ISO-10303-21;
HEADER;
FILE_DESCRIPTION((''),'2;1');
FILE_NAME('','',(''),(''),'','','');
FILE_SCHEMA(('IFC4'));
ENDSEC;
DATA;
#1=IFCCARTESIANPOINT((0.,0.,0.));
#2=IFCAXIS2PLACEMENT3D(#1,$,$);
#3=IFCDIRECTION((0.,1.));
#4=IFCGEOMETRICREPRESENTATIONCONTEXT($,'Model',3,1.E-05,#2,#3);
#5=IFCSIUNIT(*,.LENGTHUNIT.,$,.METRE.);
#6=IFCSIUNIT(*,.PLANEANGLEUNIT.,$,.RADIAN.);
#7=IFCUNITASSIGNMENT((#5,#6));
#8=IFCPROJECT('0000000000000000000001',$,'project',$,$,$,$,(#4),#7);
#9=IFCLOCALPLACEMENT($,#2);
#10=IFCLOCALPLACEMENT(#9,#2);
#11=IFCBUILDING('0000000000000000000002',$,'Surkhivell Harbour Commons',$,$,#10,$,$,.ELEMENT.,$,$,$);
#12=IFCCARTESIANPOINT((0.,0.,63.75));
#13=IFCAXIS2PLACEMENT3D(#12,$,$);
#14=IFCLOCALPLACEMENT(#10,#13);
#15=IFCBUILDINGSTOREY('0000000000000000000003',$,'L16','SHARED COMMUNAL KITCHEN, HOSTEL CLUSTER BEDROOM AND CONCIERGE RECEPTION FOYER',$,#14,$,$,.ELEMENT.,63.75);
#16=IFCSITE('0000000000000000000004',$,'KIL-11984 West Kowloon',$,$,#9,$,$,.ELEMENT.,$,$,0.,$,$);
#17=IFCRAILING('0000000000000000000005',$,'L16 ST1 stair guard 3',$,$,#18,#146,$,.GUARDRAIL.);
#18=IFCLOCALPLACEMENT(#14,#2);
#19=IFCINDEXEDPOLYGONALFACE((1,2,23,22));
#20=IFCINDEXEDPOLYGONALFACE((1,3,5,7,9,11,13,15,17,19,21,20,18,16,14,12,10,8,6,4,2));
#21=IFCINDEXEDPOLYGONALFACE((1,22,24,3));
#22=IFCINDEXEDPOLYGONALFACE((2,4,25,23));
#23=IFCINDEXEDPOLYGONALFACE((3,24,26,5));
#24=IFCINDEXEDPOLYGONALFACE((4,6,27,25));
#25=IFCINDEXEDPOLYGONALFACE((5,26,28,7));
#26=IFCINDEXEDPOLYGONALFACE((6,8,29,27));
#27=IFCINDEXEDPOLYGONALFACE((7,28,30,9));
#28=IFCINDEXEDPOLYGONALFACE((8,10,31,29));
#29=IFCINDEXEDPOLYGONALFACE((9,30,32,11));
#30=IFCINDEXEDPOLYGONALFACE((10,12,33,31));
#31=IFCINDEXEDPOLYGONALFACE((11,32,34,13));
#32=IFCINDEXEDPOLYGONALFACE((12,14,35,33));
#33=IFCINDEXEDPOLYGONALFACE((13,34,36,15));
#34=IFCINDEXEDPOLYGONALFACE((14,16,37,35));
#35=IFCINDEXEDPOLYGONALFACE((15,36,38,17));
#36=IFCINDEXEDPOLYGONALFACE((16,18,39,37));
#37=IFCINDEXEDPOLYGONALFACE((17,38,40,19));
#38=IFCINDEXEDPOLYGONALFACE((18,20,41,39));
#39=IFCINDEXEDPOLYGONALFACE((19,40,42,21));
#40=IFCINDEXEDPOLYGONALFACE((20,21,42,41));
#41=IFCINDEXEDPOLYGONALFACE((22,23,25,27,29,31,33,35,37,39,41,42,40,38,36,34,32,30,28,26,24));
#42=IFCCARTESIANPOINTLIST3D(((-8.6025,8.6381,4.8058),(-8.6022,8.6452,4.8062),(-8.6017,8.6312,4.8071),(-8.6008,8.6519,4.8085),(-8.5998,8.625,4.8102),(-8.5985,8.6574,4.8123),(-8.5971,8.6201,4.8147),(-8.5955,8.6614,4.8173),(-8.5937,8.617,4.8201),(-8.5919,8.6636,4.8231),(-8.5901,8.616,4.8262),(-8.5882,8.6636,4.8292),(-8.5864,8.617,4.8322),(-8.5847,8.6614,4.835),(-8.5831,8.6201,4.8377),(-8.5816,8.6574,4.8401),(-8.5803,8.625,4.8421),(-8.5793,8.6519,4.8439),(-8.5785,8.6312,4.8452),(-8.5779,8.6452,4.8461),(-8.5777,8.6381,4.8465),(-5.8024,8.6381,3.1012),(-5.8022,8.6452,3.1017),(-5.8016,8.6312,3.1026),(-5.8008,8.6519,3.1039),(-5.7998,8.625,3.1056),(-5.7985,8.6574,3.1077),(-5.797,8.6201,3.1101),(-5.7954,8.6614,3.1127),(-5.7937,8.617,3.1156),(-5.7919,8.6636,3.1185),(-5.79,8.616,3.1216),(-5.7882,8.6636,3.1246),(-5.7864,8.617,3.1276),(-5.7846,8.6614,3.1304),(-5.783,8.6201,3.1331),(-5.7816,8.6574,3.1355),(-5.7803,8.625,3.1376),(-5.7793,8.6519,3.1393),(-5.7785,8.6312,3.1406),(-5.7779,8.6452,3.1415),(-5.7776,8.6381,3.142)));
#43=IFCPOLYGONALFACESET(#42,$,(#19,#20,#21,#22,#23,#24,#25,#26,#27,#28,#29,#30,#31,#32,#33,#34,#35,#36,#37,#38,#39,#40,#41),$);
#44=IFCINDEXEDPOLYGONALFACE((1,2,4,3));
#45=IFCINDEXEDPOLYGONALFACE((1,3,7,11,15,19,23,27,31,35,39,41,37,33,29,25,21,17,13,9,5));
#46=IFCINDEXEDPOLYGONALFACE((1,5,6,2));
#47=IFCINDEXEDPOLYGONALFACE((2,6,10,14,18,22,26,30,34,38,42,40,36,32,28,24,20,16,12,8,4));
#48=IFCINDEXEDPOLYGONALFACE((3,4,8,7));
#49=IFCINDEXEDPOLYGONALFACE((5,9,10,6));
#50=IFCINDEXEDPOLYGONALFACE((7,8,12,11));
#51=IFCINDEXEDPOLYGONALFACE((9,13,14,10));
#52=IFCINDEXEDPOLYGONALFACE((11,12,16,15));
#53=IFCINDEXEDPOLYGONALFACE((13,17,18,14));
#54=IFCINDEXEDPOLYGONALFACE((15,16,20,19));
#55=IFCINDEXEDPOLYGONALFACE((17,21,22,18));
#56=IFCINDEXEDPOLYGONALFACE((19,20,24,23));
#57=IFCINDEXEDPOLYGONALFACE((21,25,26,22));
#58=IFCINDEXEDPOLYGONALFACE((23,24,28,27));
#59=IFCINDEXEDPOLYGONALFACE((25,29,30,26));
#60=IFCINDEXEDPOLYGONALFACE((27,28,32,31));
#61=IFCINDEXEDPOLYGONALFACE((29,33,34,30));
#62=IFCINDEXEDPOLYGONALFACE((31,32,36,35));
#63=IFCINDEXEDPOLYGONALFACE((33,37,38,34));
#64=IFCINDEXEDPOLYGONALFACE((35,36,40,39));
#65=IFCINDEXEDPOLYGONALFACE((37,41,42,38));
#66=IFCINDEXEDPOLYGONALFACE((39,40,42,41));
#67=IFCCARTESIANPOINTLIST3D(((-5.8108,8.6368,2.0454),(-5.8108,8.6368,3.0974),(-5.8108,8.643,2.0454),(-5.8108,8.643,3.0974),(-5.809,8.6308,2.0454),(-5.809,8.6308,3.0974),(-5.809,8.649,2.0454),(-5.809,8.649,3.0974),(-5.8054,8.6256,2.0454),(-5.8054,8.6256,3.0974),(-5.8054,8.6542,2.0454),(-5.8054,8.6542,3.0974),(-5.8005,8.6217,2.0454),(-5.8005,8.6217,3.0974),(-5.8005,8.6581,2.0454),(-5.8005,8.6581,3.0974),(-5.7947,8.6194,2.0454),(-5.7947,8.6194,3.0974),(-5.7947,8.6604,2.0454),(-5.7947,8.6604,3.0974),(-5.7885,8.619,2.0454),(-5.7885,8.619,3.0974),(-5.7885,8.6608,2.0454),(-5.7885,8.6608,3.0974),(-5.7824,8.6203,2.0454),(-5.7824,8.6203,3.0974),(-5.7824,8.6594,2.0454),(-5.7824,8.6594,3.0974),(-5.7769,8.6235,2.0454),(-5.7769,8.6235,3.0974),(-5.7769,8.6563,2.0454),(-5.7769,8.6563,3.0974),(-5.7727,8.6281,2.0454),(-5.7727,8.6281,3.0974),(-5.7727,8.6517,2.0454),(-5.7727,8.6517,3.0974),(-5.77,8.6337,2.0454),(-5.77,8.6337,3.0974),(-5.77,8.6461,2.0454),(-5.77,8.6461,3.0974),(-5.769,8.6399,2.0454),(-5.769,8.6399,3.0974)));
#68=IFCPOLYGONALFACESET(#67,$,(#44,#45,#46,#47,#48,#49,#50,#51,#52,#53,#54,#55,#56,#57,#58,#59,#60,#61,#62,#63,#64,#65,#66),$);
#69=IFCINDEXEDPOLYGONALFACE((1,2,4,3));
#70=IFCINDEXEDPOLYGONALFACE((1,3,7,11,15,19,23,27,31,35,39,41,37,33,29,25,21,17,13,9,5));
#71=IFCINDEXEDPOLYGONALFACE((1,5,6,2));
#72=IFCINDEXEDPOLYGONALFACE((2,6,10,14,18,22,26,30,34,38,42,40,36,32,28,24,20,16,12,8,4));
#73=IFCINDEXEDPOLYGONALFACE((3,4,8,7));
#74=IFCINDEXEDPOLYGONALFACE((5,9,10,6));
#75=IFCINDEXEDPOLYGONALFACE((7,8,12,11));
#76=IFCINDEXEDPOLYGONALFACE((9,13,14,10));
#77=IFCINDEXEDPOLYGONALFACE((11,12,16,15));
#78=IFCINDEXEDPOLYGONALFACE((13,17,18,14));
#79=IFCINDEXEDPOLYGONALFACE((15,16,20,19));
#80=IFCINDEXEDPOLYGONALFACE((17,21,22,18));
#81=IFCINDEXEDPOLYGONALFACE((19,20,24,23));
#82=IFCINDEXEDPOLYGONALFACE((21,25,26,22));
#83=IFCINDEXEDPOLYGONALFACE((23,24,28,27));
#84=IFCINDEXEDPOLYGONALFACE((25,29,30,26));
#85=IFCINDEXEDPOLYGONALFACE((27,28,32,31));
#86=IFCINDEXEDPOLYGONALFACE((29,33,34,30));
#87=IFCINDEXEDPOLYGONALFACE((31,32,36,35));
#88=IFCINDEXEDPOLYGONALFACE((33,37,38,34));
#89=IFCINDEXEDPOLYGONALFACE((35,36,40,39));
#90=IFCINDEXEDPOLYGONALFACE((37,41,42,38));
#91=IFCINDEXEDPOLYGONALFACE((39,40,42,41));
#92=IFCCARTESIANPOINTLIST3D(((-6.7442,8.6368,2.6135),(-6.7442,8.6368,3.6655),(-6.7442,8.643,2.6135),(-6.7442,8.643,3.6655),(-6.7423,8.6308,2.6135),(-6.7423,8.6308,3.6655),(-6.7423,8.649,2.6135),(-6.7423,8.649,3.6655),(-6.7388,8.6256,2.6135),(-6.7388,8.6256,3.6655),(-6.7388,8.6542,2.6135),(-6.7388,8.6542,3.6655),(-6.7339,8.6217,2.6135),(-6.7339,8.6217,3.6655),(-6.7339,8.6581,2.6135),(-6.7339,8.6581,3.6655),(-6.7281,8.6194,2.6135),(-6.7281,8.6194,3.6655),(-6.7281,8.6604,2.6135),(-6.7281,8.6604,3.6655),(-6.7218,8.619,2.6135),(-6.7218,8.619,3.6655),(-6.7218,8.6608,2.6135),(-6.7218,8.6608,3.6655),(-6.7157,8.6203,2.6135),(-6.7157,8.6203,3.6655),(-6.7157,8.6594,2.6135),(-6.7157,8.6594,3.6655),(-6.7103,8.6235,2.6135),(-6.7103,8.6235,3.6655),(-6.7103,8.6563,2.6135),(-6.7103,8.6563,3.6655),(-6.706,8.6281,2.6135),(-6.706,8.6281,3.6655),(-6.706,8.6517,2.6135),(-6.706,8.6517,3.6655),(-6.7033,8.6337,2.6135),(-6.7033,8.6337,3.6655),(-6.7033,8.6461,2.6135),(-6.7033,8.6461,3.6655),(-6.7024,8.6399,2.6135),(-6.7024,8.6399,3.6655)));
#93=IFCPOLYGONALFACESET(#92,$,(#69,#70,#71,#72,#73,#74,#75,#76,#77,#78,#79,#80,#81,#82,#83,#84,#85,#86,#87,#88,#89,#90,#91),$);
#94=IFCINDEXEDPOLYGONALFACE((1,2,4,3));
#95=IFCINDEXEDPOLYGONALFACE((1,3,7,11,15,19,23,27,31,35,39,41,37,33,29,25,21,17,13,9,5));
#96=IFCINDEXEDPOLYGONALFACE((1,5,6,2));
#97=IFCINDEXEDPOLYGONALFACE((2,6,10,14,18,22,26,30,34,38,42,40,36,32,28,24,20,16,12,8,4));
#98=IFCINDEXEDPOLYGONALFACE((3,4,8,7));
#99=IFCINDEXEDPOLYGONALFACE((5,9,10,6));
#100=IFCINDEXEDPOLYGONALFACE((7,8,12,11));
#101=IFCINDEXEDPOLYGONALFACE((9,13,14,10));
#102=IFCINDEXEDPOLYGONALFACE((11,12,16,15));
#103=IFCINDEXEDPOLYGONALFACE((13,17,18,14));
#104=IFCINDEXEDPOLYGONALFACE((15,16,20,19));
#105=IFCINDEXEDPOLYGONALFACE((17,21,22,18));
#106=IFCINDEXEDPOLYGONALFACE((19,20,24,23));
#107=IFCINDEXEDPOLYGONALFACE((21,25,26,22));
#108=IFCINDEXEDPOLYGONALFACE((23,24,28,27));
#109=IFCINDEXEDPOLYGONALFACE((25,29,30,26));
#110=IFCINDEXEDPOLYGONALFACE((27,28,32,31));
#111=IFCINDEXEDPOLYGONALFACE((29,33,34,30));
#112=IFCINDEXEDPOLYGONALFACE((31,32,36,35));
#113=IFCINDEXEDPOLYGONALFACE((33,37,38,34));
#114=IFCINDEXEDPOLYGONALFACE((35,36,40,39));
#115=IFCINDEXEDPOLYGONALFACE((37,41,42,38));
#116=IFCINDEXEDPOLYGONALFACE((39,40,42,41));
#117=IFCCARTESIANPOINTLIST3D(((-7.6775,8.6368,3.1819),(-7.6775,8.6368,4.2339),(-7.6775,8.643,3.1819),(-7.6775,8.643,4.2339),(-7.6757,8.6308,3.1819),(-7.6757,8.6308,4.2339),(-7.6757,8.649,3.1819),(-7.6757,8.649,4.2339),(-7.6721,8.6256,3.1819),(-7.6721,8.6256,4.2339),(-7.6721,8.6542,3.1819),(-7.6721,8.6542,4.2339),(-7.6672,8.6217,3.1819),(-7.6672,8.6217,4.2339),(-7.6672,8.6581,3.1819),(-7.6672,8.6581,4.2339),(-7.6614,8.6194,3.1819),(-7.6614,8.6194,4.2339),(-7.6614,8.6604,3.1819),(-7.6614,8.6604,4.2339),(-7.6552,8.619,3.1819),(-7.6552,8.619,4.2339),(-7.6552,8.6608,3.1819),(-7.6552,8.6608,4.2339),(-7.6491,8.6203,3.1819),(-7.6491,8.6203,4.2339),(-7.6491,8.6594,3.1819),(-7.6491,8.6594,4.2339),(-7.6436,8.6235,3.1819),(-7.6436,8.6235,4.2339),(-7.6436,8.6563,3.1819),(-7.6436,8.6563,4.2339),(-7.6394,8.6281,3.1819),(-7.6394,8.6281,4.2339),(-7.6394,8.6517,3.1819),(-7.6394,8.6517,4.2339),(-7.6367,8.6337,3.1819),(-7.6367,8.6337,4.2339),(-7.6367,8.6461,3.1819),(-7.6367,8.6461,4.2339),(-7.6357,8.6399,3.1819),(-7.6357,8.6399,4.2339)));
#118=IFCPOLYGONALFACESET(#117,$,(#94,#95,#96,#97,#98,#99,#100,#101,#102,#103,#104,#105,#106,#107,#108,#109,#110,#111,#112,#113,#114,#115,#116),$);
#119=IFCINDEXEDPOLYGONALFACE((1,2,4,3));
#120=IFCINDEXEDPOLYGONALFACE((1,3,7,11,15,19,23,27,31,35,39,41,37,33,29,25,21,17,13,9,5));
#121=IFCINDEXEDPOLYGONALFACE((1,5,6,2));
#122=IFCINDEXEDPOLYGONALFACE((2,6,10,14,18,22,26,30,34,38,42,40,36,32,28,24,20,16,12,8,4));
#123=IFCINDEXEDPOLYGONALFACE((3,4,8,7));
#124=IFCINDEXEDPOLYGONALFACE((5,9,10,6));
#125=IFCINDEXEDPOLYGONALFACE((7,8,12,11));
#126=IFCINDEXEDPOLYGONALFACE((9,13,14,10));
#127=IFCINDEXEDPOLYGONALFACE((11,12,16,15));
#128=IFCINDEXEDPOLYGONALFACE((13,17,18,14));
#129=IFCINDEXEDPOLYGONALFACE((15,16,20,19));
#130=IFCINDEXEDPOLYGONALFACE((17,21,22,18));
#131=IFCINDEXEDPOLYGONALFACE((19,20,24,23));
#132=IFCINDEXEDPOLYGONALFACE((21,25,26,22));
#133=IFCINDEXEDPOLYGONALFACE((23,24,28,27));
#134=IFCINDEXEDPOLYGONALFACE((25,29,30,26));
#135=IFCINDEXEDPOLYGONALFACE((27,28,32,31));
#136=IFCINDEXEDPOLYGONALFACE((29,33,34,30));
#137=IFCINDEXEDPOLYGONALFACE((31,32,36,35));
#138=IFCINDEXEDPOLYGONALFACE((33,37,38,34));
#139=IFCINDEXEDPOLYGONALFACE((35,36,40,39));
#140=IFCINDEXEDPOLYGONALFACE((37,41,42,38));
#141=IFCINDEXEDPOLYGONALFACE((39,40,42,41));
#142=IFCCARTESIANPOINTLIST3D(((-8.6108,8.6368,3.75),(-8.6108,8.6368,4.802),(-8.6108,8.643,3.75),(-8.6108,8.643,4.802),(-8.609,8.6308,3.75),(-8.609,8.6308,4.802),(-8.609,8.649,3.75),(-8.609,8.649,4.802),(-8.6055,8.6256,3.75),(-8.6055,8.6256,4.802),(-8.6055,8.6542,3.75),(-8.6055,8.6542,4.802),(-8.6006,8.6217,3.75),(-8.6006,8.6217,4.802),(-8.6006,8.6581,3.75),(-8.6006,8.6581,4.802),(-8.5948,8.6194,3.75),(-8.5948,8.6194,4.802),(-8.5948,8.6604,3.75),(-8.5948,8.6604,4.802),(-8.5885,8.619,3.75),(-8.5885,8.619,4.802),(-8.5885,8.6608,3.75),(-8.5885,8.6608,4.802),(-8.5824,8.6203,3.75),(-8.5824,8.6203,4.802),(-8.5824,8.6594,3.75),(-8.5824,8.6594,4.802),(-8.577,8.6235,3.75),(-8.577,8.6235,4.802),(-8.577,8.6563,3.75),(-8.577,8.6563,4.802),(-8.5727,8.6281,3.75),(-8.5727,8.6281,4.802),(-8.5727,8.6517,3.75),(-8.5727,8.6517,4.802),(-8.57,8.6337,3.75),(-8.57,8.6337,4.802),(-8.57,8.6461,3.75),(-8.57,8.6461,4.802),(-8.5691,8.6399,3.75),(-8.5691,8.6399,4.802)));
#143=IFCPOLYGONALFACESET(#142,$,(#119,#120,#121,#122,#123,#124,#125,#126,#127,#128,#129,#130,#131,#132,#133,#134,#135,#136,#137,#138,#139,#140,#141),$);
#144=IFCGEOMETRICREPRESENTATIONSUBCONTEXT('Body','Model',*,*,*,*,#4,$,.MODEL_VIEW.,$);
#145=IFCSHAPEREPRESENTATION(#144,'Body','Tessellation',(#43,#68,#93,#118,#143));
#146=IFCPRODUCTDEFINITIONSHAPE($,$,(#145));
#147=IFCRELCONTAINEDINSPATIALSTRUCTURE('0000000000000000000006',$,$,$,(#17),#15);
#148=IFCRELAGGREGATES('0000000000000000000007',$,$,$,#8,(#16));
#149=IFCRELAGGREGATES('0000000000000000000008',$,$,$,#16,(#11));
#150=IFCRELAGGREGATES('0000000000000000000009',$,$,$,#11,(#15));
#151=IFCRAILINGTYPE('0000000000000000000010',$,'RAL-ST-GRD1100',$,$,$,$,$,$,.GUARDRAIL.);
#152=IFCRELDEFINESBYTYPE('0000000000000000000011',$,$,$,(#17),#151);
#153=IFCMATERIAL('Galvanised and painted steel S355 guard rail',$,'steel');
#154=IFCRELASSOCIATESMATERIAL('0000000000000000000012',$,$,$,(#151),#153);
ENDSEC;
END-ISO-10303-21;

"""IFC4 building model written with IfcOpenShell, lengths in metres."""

from ifc_helpers import new_model, si_unit, direction, frame, origin, origin_2d, place, context, subcontext, project, spatial, circle, extrude, material, type_object, element, save


model = new_model("IFC4")

# Units and contexts
model_context = context("Model", 3, precision=1e-05, world=origin(), true_north=direction((0.0, 1.0)))
body_context = subcontext(model_context, "Body", "Model", "MODEL_VIEW")
ifc_project = project(units=[si_unit("LENGTHUNIT", "METRE"), si_unit("PLANEANGLEUNIT", "RADIAN")], contexts=[model_context])

# Site, building, storey
site_placement = place(None, origin())
site = spatial("IfcSite", under=ifc_project, at=site_placement, Name="KIL-11984 West Kowloon", CompositionType="ELEMENT", RefElevation=0.0)
building_placement = place(site_placement, origin())
building = spatial("IfcBuilding", under=site, at=building_placement, Name="Surkhivell Harbour Commons", CompositionType="ELEMENT")
storey_placement = place(building_placement, frame((0.0, 0.0, 63.75)))
storey = spatial("IfcBuildingStorey", under=building, at=storey_placement, Name="L16", Description="SHARED COMMUNAL KITCHEN, HOSTEL CLUSTER BEDROOM AND CONCIERGE RECEPTION FOYER", CompositionType="ELEMENT", Elevation=63.75)

# Railing
ifc_material_1 = material(Name="Galvanised and painted steel S355 guard rail", Category="steel")
railing_type_1 = type_object("IfcRailingType", Name="RAL-ST-GRD1100", PredefinedType="GUARDRAIL", material=ifc_material_1)
railing_1_placement = place(storey_placement, frame((-5.79, 8.6399, 2.0454)))
element("IfcRailing", 1, at=railing_1_placement, inside=storey, type_object=railing_type_1, Name="L16 ST1 stair guard 3", PredefinedType="GUARDRAIL", context=body_context, shape_type="SweptSolid", body=[
    extrude(circle(Radius=0.0239, at=origin_2d()), frame((0.0, 0.0, 1.0762), z_axis=(-0.85417, 0.0, 0.519994), x_axis=(0.0, -1.0, 0.0)), (0.0, 0.0, 1.0), 3.2781),
    extrude(circle(Radius=0.021, at=origin_2d()), origin(), (0.0, 0.0, 1.0), 1.052),
    extrude(circle(Radius=0.021, at=origin_2d()), frame((-0.9333, 0.0, 0.5681)), (0.0, 0.0, 1.0), 1.052),
    extrude(circle(Radius=0.021, at=origin_2d()), frame((-1.8667, 0.0, 1.1365)), (0.0, 0.0, 1.0), 1.052),
    extrude(circle(Radius=0.021, at=origin_2d()), frame((-2.8, 0.0, 1.7046)), (0.0, 0.0, 1.0), 1.052),
])

save(model, "model.ifc")
